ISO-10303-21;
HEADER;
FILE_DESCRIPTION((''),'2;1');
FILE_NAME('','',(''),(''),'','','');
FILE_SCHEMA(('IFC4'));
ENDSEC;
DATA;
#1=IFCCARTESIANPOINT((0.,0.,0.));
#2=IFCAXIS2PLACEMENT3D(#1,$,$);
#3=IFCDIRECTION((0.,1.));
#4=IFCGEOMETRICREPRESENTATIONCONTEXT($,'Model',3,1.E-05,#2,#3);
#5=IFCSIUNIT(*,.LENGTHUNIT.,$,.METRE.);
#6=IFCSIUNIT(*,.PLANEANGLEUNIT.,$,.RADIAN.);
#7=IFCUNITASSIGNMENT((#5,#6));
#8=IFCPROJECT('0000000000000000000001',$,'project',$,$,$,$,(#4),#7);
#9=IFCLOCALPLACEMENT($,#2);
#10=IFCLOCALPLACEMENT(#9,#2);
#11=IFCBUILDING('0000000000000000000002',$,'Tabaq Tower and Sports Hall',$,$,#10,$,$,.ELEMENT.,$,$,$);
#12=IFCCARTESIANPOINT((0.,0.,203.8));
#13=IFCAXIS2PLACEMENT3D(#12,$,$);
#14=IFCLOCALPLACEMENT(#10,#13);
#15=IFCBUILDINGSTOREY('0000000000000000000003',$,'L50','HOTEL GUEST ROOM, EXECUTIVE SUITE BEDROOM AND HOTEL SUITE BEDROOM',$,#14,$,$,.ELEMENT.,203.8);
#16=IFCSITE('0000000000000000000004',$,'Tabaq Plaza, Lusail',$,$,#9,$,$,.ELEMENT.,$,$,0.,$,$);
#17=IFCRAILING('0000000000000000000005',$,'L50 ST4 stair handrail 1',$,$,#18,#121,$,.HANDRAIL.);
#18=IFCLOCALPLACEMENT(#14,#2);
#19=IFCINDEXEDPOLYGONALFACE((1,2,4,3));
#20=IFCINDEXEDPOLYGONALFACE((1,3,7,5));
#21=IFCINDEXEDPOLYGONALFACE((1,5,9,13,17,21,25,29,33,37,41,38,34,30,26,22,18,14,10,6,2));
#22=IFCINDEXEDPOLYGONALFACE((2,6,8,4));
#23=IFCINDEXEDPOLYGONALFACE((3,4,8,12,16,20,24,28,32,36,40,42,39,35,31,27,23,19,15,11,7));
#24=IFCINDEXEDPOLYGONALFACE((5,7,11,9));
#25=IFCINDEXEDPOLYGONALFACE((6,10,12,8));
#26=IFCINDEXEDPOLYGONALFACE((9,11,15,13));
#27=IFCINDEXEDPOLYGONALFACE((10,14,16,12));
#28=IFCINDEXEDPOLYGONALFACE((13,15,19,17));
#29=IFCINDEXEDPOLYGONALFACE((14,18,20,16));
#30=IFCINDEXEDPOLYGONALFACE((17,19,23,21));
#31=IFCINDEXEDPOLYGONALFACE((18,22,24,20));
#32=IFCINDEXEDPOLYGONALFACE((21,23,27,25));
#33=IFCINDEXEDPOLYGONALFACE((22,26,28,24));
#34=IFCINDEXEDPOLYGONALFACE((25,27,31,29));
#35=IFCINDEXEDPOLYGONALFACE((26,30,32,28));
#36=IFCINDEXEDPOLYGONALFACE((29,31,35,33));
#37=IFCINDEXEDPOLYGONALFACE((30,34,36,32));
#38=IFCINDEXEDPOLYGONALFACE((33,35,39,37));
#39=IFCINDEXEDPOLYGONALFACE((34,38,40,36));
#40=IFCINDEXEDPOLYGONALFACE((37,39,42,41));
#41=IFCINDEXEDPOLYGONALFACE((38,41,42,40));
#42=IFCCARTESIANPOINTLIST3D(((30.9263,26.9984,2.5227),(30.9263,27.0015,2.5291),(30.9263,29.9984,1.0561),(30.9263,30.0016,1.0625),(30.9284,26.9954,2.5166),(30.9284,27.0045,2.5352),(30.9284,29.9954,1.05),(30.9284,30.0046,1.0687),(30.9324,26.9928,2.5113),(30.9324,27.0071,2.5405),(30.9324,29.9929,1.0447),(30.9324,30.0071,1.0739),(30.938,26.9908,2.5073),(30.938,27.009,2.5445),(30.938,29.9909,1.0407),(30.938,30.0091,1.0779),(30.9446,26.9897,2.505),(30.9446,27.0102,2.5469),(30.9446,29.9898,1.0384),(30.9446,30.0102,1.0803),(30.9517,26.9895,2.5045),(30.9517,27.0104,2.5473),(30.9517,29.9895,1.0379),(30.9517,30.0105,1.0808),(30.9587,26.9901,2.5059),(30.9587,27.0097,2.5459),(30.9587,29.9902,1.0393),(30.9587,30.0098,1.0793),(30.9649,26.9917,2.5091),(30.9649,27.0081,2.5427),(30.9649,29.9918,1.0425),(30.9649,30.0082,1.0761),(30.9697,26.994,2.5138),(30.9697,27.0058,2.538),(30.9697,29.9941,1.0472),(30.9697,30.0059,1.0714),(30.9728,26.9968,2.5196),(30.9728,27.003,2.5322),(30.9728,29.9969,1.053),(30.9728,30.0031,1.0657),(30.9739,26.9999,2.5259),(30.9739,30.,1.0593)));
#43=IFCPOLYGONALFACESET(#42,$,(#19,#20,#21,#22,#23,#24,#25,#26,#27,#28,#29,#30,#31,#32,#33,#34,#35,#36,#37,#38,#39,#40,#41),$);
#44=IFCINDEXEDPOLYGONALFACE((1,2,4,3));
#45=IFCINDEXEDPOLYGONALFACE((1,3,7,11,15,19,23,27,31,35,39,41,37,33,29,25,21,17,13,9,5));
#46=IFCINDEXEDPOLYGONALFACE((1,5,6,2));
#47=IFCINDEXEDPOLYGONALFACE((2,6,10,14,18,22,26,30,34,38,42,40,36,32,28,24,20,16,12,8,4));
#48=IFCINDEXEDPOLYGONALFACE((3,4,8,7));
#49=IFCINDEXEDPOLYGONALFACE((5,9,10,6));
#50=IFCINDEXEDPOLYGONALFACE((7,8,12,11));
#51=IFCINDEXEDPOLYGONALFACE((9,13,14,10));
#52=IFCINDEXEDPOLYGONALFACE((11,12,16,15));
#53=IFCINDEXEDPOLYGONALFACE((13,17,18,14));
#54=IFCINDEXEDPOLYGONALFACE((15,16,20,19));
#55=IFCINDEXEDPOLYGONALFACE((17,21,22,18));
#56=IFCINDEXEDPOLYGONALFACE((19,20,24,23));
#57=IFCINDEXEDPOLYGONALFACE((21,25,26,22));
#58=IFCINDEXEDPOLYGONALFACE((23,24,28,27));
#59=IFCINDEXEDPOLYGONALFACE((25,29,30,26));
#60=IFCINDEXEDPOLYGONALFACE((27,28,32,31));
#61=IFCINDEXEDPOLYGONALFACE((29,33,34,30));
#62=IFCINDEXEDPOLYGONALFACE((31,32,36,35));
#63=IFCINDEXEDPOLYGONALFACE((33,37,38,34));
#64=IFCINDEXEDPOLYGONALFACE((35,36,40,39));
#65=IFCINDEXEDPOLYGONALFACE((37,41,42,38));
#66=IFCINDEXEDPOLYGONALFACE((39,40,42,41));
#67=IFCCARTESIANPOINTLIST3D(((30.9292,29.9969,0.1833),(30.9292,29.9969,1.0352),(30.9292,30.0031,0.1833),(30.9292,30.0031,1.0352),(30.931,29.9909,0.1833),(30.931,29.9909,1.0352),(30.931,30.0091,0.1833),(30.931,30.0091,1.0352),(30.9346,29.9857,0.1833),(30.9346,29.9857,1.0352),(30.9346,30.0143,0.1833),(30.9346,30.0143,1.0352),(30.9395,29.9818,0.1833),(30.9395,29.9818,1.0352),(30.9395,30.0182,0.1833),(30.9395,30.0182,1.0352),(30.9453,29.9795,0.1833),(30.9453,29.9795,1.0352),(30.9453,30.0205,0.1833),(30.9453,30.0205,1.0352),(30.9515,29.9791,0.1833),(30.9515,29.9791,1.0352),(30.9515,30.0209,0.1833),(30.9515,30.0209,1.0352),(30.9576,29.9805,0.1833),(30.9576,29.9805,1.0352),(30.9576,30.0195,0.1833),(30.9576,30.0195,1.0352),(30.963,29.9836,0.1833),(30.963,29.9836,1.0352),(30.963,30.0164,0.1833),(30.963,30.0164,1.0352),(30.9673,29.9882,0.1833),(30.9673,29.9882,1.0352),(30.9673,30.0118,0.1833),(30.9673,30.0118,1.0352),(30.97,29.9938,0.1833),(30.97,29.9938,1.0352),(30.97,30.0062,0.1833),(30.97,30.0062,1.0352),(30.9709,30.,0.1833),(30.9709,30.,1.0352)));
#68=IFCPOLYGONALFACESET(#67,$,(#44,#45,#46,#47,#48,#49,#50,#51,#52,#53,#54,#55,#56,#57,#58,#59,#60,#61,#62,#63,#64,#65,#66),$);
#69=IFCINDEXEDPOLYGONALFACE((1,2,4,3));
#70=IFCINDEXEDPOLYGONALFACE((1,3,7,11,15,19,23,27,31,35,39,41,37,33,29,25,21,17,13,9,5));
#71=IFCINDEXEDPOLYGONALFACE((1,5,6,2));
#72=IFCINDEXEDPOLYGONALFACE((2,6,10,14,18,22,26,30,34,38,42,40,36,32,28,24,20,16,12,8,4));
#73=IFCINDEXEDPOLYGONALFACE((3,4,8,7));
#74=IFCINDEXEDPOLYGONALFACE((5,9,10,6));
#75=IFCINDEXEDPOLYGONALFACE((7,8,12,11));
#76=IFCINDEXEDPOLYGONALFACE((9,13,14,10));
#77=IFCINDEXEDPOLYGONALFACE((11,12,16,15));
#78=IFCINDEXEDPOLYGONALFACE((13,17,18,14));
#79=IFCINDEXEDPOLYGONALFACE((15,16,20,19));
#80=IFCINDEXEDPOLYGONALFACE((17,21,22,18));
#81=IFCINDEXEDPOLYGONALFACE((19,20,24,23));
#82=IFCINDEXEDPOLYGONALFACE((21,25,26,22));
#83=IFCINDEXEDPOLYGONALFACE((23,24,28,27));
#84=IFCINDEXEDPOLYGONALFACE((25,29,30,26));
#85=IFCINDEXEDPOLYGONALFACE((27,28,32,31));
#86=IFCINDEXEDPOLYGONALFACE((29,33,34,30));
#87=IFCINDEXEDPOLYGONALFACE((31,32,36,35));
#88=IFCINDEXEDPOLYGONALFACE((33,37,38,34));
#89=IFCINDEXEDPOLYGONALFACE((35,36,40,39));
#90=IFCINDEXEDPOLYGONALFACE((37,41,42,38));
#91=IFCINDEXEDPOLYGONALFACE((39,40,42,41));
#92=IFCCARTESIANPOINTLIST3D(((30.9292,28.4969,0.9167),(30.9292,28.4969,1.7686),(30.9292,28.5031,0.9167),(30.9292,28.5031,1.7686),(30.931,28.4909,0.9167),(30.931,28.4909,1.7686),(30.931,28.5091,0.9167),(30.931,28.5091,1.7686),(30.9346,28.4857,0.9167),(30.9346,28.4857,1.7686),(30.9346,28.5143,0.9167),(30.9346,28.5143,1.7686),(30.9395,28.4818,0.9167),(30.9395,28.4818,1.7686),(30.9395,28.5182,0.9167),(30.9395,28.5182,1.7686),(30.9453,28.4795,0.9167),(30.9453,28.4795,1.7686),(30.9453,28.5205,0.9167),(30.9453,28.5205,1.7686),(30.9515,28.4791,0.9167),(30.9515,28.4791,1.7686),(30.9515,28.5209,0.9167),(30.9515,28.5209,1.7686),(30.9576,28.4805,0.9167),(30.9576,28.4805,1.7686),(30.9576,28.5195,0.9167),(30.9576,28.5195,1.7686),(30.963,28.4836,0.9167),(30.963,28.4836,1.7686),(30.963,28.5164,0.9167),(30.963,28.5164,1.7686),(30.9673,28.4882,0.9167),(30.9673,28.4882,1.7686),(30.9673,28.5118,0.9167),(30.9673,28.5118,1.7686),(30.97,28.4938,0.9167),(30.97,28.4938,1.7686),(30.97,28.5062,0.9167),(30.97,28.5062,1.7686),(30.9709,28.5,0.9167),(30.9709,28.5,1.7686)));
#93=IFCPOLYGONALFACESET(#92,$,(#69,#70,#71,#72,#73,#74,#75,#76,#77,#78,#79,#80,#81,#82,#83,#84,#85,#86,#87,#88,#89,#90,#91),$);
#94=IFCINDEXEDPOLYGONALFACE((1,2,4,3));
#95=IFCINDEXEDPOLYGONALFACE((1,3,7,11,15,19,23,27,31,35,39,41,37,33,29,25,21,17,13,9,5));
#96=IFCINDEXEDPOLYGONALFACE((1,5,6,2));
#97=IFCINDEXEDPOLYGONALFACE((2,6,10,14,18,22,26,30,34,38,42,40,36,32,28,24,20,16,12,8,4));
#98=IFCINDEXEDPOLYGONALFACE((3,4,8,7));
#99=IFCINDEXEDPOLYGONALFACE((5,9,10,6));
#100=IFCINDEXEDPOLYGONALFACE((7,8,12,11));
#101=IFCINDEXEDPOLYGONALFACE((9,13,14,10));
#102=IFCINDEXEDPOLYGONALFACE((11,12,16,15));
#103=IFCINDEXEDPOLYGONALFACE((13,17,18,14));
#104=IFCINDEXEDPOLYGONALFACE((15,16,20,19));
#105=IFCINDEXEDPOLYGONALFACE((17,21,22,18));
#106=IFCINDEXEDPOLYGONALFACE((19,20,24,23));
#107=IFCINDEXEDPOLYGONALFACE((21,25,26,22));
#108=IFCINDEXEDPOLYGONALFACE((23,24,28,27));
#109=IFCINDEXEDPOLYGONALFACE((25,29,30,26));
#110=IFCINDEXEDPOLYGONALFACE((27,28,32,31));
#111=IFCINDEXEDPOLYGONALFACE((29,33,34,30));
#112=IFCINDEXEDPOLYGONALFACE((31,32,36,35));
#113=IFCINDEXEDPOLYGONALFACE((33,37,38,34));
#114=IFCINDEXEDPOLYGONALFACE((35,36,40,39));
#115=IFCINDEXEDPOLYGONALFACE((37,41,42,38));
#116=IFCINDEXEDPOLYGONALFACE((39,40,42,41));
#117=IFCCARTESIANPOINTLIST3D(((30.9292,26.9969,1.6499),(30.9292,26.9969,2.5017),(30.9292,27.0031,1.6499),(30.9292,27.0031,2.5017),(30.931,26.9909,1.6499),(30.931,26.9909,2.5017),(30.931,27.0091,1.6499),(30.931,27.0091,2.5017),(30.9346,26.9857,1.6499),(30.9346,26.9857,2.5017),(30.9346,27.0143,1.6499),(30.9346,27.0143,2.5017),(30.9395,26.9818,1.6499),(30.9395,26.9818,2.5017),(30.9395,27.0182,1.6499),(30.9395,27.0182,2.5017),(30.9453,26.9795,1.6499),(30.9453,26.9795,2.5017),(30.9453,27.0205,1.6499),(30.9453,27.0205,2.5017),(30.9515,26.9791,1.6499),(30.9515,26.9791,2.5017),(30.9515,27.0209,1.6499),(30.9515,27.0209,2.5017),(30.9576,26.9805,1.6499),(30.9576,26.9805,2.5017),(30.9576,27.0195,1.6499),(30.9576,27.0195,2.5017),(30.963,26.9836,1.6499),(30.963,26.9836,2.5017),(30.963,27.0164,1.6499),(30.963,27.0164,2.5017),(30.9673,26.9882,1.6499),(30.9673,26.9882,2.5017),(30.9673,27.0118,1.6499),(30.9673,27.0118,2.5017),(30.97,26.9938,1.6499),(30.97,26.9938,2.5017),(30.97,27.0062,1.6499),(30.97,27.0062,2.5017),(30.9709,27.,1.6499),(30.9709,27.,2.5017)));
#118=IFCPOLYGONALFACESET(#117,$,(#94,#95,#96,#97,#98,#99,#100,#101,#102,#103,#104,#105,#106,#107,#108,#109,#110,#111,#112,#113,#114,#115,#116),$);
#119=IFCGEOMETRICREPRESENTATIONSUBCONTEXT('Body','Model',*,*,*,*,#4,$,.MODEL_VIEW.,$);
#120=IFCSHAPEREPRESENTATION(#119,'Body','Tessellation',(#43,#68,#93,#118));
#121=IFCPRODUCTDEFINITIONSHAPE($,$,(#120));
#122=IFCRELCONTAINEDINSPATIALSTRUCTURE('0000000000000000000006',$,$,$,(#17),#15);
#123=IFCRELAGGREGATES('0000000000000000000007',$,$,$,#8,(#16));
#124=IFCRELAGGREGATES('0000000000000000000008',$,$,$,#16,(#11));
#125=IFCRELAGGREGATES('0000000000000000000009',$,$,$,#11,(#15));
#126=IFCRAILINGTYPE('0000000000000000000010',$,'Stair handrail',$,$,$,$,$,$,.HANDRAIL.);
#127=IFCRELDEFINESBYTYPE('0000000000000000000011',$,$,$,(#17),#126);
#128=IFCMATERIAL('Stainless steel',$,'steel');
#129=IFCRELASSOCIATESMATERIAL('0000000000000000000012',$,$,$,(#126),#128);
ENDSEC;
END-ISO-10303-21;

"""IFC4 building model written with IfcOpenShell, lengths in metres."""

from ifc_helpers import new_model, si_unit, direction, frame, origin, origin_2d, place, context, subcontext, project, spatial, circle, extrude, material, type_object, element, save


model = new_model("IFC4")

# Units and contexts
model_context = context("Model", 3, precision=1e-05, world=origin(), true_north=direction((0.0, 1.0)))
body_context = subcontext(model_context, "Body", "Model", "MODEL_VIEW")
ifc_project = project(units=[si_unit("LENGTHUNIT", "METRE"), si_unit("PLANEANGLEUNIT", "RADIAN")], contexts=[model_context])

# Site, building, storey
site_placement = place(None, origin())
site = spatial("IfcSite", under=ifc_project, at=site_placement, Name="Tabaq Plaza, Lusail", CompositionType="ELEMENT", RefElevation=0.0)
building_placement = place(site_placement, origin())
building = spatial("IfcBuilding", under=site, at=building_placement, Name="Tabaq Tower and Sports Hall", CompositionType="ELEMENT")
storey_placement = place(building_placement, frame((0.0, 0.0, 203.8)))
storey = spatial("IfcBuildingStorey", under=building, at=storey_placement, Name="L50", Description="HOTEL GUEST ROOM, EXECUTIVE SUITE BEDROOM AND HOTEL SUITE BEDROOM", CompositionType="ELEMENT", Elevation=203.8)

# Railing
ifc_material_1 = material(Name="Stainless steel", Category="steel")
railing_type = type_object("IfcRailingType", Name="Stair handrail", PredefinedType="HANDRAIL", material=ifc_material_1)
railing_1_placement = place(storey_placement, frame((30.95, 30.0, 0.1833)))
element("IfcRailing", 1, at=railing_1_placement, inside=storey, type_object=railing_type, Name="L50 ST4 stair handrail 1", PredefinedType="HANDRAIL", context=body_context, shape_type="SweptSolid", body=[
    extrude(circle(Radius=0.0239, at=origin_2d()), frame((0.0, 0.0, 0.876), z_axis=(0.0, -0.898398, 0.439183), x_axis=(1.0, 0.0, 0.0)), (0.0, 0.0, 1.0), 3.3394),
    extrude(circle(Radius=0.021, at=origin_2d()), origin(), (0.0, 0.0, 1.0), 0.8518),
    extrude(circle(Radius=0.021, at=origin_2d()), frame((0.0, -1.5, 0.7334)), (0.0, 0.0, 1.0), 0.8518),
    extrude(circle(Radius=0.021, at=origin_2d()), frame((0.0, -3.0, 1.4666)), (0.0, 0.0, 1.0), 0.8518),
])

save(model, "model.ifc")
